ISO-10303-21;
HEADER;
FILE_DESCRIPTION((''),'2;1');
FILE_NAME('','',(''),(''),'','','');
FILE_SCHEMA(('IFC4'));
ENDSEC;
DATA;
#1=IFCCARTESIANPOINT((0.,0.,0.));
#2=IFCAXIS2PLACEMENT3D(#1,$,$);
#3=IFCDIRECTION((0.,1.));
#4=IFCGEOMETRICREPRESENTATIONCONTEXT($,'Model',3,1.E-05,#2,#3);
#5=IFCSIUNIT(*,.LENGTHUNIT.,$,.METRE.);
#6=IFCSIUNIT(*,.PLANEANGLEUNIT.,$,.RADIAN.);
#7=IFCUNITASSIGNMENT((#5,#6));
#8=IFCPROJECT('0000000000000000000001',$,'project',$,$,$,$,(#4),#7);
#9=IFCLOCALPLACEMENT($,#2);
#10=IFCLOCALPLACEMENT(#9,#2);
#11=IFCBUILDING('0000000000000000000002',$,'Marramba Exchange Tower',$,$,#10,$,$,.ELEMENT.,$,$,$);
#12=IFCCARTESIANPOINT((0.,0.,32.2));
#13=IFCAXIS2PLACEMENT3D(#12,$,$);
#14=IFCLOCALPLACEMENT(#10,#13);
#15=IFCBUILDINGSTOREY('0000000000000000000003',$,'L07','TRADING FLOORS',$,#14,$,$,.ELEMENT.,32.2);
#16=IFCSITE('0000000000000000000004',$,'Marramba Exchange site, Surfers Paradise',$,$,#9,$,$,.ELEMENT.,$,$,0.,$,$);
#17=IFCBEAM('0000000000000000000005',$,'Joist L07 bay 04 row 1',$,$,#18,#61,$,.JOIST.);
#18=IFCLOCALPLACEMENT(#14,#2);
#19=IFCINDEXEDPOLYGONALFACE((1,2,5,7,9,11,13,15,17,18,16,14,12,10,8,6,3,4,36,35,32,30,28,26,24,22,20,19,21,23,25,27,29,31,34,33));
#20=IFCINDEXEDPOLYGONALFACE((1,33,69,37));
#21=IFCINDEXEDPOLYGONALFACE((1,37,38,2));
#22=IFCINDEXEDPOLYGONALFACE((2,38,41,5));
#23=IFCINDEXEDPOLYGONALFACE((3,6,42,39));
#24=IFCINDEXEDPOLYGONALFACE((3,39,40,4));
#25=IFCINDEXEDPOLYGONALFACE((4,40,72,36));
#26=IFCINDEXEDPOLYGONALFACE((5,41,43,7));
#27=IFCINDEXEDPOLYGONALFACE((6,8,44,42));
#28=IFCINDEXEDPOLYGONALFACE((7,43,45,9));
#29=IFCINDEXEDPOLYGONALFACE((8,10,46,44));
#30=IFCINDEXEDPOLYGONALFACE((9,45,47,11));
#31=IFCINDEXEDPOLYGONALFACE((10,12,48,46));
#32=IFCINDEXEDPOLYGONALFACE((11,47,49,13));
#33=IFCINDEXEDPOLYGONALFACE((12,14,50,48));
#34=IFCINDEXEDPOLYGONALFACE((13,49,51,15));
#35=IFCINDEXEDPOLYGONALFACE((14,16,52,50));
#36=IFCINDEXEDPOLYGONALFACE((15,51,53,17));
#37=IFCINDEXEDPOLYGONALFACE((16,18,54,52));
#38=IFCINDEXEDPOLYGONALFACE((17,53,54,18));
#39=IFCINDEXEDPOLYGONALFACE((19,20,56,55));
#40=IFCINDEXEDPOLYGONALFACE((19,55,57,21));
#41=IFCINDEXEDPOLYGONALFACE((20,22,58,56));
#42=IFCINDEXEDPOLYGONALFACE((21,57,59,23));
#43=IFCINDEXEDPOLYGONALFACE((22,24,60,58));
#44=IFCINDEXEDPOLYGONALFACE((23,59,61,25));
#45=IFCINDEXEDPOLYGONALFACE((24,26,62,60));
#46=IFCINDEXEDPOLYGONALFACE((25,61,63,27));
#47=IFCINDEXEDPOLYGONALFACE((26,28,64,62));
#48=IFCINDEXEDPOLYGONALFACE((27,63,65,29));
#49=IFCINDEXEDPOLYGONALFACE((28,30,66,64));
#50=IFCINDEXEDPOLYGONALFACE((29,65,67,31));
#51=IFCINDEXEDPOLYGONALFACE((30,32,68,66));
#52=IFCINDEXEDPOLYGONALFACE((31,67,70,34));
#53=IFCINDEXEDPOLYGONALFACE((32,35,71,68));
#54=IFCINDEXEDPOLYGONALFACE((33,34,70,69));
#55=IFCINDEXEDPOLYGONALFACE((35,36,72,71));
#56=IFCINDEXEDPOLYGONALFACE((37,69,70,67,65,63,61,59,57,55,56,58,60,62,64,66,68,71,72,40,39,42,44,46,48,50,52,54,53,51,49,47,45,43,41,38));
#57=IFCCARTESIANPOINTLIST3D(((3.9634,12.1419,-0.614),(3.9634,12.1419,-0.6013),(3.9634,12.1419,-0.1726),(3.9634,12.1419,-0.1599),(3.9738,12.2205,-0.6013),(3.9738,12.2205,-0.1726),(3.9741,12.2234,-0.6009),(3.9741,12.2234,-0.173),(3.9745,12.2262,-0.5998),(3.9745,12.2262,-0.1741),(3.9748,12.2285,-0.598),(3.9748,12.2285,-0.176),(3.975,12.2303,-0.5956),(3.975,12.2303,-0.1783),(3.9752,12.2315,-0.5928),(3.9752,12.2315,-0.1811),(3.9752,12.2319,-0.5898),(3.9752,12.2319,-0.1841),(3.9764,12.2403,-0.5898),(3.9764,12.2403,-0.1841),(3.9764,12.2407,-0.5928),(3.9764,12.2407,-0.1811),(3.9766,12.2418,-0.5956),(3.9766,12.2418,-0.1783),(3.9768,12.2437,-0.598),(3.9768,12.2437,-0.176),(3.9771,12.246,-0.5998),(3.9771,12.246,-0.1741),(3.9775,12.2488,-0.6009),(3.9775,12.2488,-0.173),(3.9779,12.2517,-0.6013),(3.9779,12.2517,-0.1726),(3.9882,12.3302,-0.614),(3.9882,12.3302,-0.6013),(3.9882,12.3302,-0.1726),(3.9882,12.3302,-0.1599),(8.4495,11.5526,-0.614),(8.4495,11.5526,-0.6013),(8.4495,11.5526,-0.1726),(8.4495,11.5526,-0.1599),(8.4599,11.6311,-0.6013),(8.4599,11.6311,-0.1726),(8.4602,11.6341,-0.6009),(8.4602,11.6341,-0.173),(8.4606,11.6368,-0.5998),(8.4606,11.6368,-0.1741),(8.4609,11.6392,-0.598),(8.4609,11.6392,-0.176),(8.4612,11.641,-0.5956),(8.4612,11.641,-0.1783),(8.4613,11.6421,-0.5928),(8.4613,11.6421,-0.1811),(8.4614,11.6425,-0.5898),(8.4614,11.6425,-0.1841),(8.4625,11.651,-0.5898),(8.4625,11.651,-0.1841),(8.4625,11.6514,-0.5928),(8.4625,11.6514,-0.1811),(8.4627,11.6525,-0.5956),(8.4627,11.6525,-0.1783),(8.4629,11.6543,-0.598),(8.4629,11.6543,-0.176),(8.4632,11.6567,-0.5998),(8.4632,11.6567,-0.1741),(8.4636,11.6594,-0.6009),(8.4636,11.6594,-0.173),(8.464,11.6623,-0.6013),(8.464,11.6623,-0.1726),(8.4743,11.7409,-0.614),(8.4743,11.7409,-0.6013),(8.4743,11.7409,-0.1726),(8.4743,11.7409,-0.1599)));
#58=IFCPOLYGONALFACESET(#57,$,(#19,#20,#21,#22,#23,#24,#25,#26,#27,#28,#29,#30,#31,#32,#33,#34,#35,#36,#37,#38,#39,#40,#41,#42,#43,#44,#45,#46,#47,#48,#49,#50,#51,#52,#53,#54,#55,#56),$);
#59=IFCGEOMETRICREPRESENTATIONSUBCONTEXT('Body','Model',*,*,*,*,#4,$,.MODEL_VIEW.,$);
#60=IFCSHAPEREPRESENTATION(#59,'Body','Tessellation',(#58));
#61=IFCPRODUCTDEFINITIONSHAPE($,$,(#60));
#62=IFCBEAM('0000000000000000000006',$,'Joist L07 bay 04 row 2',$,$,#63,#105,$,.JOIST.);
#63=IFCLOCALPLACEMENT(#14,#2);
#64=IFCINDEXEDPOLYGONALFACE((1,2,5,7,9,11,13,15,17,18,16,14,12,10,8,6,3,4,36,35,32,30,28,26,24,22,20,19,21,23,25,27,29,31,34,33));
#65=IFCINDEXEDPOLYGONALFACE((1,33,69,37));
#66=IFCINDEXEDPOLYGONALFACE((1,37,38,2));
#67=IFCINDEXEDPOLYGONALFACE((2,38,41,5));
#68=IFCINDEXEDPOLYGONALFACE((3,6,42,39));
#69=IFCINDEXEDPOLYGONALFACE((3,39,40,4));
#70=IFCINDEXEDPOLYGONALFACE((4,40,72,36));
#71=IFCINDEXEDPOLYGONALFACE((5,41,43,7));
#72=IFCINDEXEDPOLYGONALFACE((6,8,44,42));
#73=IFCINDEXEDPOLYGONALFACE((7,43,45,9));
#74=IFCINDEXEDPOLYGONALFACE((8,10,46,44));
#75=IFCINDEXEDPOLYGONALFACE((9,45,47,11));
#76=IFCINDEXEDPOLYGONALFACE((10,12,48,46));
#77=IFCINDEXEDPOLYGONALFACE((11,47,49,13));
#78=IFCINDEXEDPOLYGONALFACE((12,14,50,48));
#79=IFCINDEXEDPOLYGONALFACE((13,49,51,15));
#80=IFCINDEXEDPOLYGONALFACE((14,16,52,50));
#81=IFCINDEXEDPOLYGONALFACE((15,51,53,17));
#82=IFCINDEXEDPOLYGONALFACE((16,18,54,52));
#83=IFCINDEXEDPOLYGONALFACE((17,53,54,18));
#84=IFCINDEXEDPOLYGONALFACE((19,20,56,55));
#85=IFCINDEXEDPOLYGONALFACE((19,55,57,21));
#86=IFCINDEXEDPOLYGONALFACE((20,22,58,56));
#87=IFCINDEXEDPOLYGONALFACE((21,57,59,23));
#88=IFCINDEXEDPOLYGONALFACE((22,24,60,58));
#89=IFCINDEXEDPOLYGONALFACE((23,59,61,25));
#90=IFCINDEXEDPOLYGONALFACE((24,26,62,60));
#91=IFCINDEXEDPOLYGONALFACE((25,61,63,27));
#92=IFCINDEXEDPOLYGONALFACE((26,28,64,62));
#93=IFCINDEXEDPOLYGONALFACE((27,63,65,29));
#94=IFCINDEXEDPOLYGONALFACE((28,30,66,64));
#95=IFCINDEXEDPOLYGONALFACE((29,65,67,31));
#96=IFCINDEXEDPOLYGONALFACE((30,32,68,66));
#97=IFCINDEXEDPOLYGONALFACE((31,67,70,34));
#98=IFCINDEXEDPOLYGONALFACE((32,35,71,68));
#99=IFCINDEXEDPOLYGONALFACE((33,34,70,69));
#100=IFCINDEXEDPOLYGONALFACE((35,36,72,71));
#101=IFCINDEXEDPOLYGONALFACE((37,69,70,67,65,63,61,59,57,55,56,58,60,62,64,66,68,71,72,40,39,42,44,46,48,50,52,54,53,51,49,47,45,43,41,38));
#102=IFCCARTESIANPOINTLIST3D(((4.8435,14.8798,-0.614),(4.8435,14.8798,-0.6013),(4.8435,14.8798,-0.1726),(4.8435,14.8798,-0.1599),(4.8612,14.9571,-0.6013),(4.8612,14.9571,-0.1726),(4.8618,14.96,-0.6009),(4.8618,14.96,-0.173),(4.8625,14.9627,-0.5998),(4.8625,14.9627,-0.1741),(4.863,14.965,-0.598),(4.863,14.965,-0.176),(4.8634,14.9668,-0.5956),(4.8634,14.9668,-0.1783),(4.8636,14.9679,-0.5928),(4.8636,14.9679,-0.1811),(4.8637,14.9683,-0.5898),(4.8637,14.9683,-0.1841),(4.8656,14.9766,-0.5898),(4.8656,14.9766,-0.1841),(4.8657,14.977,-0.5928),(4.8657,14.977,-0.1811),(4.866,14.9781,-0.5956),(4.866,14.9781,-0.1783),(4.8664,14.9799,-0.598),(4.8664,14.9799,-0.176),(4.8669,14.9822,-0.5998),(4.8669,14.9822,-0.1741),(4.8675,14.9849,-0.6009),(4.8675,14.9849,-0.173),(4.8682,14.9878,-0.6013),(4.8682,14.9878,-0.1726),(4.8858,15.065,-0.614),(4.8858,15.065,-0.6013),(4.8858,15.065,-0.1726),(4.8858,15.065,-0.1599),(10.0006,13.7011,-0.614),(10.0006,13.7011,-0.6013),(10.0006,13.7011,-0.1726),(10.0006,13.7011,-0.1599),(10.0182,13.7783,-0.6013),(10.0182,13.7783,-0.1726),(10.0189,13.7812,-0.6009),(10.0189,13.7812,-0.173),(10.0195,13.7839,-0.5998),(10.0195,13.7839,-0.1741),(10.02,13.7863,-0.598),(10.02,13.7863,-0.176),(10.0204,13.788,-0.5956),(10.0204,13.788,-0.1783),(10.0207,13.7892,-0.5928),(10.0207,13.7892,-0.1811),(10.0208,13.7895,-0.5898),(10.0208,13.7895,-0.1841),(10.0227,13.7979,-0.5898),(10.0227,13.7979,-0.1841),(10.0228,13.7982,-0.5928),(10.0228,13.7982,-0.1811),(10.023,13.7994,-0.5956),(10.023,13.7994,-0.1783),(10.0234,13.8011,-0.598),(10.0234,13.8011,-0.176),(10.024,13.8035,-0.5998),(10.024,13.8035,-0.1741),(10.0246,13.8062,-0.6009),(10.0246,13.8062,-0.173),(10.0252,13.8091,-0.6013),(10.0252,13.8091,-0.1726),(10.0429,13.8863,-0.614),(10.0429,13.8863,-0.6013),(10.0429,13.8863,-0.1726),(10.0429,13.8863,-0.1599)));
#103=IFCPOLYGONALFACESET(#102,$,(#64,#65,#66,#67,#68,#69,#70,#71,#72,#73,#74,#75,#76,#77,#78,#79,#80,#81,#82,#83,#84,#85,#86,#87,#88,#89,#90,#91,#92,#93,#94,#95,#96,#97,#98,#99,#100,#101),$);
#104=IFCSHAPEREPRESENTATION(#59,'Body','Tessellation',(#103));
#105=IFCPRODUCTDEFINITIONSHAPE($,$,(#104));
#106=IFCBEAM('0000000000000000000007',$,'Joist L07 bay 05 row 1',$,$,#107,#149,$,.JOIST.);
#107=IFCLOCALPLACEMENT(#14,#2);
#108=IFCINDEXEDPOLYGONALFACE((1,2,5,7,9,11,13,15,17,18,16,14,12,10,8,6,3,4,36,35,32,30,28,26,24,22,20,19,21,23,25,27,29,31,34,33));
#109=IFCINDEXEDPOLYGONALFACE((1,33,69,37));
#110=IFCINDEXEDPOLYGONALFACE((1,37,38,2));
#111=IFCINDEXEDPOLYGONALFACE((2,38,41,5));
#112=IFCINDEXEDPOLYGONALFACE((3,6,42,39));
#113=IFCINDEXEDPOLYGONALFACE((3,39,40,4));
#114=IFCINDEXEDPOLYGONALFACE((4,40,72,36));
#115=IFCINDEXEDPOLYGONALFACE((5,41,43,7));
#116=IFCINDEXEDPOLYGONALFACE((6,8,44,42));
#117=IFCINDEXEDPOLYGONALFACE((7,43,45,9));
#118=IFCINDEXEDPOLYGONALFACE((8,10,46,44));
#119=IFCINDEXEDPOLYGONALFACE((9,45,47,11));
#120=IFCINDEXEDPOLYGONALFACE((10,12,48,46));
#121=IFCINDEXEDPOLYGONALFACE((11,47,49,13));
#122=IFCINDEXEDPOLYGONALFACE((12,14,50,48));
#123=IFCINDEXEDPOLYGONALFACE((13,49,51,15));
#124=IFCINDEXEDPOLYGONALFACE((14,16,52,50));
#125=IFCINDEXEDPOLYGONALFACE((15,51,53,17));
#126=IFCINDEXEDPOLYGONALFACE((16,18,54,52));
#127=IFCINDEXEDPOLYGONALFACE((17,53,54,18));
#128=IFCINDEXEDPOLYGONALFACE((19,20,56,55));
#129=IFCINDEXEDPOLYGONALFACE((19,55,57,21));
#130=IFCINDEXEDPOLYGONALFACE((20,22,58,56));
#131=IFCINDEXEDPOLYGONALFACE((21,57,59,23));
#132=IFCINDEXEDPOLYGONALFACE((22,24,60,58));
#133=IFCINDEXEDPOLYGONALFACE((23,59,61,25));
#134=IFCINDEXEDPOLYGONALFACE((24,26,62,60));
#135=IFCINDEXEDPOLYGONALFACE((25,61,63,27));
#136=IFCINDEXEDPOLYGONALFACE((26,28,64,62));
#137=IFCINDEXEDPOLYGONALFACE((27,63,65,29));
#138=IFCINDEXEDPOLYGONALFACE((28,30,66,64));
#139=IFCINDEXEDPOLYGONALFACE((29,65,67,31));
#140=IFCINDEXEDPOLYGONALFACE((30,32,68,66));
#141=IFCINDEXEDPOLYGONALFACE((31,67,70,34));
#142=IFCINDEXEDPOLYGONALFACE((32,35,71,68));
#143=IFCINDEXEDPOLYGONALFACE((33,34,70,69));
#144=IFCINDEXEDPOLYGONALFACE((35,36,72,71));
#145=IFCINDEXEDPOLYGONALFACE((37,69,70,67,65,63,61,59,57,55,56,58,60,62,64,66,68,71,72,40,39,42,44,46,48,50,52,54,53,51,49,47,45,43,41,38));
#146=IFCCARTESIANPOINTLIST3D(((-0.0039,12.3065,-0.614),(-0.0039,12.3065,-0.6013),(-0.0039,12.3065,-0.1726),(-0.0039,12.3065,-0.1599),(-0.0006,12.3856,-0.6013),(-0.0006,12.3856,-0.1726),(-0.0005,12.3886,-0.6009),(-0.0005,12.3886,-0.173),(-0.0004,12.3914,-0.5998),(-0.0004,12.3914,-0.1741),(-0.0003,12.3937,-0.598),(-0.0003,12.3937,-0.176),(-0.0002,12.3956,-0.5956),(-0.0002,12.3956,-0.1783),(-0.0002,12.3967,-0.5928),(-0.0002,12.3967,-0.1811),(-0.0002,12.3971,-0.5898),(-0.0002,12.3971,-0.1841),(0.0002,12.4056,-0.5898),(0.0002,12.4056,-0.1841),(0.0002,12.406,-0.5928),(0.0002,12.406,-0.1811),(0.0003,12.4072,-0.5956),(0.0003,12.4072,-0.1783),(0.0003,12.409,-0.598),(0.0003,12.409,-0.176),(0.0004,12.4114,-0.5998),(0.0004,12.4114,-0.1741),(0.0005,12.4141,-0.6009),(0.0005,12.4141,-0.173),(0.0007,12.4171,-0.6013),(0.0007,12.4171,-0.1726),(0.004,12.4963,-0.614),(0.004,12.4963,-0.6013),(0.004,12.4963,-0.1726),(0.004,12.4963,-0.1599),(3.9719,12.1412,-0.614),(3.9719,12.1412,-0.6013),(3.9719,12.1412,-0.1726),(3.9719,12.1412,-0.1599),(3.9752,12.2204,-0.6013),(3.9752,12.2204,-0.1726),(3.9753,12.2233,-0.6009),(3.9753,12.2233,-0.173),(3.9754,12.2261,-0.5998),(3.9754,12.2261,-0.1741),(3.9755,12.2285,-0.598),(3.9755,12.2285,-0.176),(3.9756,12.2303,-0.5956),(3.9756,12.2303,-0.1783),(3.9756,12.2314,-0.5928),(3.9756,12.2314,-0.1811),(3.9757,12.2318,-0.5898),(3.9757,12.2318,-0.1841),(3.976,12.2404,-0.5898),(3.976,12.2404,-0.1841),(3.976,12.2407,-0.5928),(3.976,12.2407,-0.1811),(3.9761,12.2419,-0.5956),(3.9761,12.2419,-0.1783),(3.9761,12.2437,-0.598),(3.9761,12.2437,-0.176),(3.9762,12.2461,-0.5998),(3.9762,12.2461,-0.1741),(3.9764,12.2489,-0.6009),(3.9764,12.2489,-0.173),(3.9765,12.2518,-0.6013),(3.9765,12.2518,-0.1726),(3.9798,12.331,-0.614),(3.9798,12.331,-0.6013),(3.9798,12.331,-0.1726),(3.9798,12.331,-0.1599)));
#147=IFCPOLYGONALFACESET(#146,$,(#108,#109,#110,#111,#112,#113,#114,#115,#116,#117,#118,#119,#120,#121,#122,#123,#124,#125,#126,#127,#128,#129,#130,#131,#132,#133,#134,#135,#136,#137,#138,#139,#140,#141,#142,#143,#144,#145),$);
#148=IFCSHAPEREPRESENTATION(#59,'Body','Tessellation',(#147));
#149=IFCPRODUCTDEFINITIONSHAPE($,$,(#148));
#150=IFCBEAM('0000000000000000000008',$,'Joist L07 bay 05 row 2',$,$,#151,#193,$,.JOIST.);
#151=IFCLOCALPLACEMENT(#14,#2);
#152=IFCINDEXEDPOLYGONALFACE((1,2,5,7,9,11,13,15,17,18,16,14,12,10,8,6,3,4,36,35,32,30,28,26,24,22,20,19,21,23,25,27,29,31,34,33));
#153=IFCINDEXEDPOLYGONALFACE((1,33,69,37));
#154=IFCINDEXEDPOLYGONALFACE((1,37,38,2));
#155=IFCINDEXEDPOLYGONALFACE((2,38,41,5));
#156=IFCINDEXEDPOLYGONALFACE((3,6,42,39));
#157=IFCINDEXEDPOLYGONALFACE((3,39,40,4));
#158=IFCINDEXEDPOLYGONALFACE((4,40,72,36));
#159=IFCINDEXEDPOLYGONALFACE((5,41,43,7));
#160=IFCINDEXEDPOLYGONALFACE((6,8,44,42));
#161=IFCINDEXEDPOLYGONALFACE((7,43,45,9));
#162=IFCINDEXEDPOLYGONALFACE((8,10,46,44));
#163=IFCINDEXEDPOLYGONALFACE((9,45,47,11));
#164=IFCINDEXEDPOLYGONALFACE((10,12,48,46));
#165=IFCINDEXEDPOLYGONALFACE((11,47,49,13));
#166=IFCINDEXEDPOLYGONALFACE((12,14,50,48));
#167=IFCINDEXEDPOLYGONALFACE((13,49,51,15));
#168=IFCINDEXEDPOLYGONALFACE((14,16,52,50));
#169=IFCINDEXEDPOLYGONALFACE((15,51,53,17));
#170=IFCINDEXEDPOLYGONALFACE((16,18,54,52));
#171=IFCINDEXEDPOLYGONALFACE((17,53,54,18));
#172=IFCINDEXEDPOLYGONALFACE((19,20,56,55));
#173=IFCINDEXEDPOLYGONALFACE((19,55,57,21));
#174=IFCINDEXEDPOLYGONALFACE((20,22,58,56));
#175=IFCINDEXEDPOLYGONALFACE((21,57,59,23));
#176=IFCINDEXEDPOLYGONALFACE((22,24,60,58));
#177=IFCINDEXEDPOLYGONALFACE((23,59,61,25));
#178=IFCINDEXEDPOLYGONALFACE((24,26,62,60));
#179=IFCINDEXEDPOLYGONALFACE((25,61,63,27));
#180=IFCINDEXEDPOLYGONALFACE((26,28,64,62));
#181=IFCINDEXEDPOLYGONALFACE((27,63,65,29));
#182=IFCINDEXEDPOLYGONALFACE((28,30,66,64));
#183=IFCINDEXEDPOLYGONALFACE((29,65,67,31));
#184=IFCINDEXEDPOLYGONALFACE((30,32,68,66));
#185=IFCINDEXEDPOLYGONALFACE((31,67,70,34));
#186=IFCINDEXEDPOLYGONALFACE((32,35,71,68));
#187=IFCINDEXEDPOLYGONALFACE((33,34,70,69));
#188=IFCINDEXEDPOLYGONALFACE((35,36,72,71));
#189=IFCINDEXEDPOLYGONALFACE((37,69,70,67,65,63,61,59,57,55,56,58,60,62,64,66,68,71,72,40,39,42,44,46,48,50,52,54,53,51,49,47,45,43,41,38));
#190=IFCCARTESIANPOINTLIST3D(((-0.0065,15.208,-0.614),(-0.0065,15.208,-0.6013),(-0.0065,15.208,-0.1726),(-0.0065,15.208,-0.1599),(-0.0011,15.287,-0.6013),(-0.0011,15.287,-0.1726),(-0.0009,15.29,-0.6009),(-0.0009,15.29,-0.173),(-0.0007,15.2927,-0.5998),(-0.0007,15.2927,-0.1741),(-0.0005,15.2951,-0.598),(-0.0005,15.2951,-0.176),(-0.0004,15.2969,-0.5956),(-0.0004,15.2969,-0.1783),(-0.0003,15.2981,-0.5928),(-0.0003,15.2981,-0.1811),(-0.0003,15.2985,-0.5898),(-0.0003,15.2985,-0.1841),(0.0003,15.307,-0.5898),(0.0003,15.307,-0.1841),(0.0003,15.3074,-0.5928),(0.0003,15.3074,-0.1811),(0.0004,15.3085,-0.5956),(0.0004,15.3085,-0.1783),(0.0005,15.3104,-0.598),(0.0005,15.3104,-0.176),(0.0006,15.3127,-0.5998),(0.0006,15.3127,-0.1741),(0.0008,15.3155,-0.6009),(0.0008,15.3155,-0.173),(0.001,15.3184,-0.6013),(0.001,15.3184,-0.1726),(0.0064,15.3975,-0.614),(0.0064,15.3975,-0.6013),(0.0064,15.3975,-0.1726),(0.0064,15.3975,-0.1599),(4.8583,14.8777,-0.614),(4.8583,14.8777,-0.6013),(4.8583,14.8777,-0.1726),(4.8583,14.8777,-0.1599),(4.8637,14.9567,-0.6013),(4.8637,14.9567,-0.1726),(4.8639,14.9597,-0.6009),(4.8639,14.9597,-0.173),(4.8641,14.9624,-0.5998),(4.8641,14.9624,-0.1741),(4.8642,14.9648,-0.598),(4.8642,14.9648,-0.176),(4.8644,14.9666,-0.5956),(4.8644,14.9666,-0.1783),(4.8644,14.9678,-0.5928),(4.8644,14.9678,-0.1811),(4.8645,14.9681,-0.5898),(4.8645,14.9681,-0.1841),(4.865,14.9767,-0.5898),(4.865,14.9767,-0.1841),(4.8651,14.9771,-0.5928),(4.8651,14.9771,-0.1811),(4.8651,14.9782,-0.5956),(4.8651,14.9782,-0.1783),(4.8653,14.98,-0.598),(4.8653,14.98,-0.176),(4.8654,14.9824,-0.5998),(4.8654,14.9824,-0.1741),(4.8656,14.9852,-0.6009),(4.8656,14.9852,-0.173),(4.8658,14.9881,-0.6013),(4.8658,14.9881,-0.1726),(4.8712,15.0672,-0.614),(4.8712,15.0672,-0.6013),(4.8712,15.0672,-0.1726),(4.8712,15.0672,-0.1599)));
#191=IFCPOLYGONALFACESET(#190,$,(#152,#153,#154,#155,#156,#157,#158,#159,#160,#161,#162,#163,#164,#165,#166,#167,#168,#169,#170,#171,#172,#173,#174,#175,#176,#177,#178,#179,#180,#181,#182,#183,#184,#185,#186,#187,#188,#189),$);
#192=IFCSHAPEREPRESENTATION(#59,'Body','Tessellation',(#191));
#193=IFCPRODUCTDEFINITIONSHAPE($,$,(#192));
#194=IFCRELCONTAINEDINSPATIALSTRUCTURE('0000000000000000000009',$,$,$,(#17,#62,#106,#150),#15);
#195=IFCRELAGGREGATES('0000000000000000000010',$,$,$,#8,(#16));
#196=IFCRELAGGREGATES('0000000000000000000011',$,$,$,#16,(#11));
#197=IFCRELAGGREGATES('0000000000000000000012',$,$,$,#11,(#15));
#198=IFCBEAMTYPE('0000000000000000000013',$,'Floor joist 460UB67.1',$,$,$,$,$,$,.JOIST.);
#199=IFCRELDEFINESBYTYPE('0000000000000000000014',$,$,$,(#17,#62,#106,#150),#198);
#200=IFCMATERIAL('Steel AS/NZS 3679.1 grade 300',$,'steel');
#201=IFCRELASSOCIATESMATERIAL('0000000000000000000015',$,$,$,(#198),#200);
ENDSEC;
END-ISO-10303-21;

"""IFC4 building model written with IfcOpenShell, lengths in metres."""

from ifc_helpers import new_model, si_unit, direction, frame, origin, origin_2d, place, context, subcontext, project, spatial, i_section, extrude, material, material_profile, profile_set, type_object, element, save


model = new_model("IFC4")

# Units and contexts
model_context = context("Model", 3, precision=1e-05, world=origin(), true_north=direction((0.0, 1.0)))
body_context = subcontext(model_context, "Body", "Model", "MODEL_VIEW")
ifc_project = project(units=[si_unit("LENGTHUNIT", "METRE"), si_unit("PLANEANGLEUNIT", "RADIAN")], contexts=[model_context])

# Site, building, storey
site_placement = place(None, origin())
site = spatial("IfcSite", under=ifc_project, at=site_placement, Name="Marramba Exchange site, Surfers Paradise", CompositionType="ELEMENT", RefElevation=0.0)
building_placement = place(site_placement, origin())
building = spatial("IfcBuilding", under=site, at=building_placement, Name="Marramba Exchange Tower", CompositionType="ELEMENT")
storey_placement = place(building_placement, frame((0.0, 0.0, 32.2)))
storey = spatial("IfcBuildingStorey", under=building, at=storey_placement, Name="L07", Description="TRADING FLOORS", CompositionType="ELEMENT", Elevation=32.2)

# Beams
ifc_material_1 = material(Name="Steel AS/NZS 3679.1 grade 300", Category="steel")
ifc_material_profile_1 = material_profile(ifc_material_1, i_section(OverallWidth=0.1899, OverallDepth=0.4541, WebThickness=0.0085, FlangeThickness=0.0127, FilletRadius=0.0115, at=origin_2d()), Name="460UB67.1")
ifc_profile_set_1 = profile_set([ifc_material_profile_1], Name="Steel AS/NZS 3679.1 grade 300")
beam_type_1 = type_object("IfcBeamType", Name="Floor joist 460UB67.1", PredefinedType="JOIST", material=ifc_profile_set_1)
beam_1_placement = place(storey_placement, frame((8.4619, 11.6467, -0.387), z_axis=(-0.991481, 0.130255, 0.0), x_axis=(-0.130255, -0.991481, 0.0)))
element("IfcBeam", 1, at=beam_1_placement, inside=storey, type_object=beam_type_1, Name="Joist L07 bay 04 row 1", PredefinedType="JOIST", context=body_context, shape_type="SweptSolid", body=[
    extrude(i_section(OverallWidth=0.1899, OverallDepth=0.4541, WebThickness=0.0085, FlangeThickness=0.0127, FilletRadius=0.0115, at=origin_2d()), origin(), (0.0, 0.0, 1.0), 4.5247),
])
beam_2_placement = place(storey_placement, frame((10.0217, 13.7937, -0.387), z_axis=(-0.97486, 0.22282, 0.0), x_axis=(-0.22282, -0.97486, 0.0)))
element("IfcBeam", 2, at=beam_2_placement, inside=storey, type_object=beam_type_1, Name="Joist L07 bay 04 row 2", PredefinedType="JOIST", context=body_context, shape_type="SweptSolid", body=[
    extrude(i_section(OverallWidth=0.1899, OverallDepth=0.4541, WebThickness=0.0085, FlangeThickness=0.0127, FilletRadius=0.0115, at=origin_2d()), origin(), (0.0, 0.0, 1.0), 5.29),
])
beam_3_placement = place(storey_placement, frame((3.9758, 12.2361, -0.387), z_axis=(-0.999137, 0.041536, 0.0), x_axis=(-0.041536, -0.999137, 0.0)))
element("IfcBeam", 3, at=beam_3_placement, inside=storey, type_object=beam_type_1, Name="Joist L07 bay 05 row 1", PredefinedType="JOIST", context=body_context, shape_type="SweptSolid", body=[
    extrude(i_section(OverallWidth=0.1899, OverallDepth=0.4541, WebThickness=0.0085, FlangeThickness=0.0127, FilletRadius=0.0115, at=origin_2d()), origin(), (0.0, 0.0, 1.0), 3.9792),
])
beam_4_placement = place(storey_placement, frame((4.8647, 14.9724, -0.387), z_axis=(-0.997703, 0.067745, 0.0), x_axis=(-0.067745, -0.997703, 0.0)))
element("IfcBeam", 4, at=beam_4_placement, inside=storey, type_object=beam_type_1, Name="Joist L07 bay 05 row 2", PredefinedType="JOIST", context=body_context, shape_type="SweptSolid", body=[
    extrude(i_section(OverallWidth=0.1899, OverallDepth=0.4541, WebThickness=0.0085, FlangeThickness=0.0127, FilletRadius=0.0115, at=origin_2d()), origin(), (0.0, 0.0, 1.0), 4.876),
])

save(model, "model.ifc")
